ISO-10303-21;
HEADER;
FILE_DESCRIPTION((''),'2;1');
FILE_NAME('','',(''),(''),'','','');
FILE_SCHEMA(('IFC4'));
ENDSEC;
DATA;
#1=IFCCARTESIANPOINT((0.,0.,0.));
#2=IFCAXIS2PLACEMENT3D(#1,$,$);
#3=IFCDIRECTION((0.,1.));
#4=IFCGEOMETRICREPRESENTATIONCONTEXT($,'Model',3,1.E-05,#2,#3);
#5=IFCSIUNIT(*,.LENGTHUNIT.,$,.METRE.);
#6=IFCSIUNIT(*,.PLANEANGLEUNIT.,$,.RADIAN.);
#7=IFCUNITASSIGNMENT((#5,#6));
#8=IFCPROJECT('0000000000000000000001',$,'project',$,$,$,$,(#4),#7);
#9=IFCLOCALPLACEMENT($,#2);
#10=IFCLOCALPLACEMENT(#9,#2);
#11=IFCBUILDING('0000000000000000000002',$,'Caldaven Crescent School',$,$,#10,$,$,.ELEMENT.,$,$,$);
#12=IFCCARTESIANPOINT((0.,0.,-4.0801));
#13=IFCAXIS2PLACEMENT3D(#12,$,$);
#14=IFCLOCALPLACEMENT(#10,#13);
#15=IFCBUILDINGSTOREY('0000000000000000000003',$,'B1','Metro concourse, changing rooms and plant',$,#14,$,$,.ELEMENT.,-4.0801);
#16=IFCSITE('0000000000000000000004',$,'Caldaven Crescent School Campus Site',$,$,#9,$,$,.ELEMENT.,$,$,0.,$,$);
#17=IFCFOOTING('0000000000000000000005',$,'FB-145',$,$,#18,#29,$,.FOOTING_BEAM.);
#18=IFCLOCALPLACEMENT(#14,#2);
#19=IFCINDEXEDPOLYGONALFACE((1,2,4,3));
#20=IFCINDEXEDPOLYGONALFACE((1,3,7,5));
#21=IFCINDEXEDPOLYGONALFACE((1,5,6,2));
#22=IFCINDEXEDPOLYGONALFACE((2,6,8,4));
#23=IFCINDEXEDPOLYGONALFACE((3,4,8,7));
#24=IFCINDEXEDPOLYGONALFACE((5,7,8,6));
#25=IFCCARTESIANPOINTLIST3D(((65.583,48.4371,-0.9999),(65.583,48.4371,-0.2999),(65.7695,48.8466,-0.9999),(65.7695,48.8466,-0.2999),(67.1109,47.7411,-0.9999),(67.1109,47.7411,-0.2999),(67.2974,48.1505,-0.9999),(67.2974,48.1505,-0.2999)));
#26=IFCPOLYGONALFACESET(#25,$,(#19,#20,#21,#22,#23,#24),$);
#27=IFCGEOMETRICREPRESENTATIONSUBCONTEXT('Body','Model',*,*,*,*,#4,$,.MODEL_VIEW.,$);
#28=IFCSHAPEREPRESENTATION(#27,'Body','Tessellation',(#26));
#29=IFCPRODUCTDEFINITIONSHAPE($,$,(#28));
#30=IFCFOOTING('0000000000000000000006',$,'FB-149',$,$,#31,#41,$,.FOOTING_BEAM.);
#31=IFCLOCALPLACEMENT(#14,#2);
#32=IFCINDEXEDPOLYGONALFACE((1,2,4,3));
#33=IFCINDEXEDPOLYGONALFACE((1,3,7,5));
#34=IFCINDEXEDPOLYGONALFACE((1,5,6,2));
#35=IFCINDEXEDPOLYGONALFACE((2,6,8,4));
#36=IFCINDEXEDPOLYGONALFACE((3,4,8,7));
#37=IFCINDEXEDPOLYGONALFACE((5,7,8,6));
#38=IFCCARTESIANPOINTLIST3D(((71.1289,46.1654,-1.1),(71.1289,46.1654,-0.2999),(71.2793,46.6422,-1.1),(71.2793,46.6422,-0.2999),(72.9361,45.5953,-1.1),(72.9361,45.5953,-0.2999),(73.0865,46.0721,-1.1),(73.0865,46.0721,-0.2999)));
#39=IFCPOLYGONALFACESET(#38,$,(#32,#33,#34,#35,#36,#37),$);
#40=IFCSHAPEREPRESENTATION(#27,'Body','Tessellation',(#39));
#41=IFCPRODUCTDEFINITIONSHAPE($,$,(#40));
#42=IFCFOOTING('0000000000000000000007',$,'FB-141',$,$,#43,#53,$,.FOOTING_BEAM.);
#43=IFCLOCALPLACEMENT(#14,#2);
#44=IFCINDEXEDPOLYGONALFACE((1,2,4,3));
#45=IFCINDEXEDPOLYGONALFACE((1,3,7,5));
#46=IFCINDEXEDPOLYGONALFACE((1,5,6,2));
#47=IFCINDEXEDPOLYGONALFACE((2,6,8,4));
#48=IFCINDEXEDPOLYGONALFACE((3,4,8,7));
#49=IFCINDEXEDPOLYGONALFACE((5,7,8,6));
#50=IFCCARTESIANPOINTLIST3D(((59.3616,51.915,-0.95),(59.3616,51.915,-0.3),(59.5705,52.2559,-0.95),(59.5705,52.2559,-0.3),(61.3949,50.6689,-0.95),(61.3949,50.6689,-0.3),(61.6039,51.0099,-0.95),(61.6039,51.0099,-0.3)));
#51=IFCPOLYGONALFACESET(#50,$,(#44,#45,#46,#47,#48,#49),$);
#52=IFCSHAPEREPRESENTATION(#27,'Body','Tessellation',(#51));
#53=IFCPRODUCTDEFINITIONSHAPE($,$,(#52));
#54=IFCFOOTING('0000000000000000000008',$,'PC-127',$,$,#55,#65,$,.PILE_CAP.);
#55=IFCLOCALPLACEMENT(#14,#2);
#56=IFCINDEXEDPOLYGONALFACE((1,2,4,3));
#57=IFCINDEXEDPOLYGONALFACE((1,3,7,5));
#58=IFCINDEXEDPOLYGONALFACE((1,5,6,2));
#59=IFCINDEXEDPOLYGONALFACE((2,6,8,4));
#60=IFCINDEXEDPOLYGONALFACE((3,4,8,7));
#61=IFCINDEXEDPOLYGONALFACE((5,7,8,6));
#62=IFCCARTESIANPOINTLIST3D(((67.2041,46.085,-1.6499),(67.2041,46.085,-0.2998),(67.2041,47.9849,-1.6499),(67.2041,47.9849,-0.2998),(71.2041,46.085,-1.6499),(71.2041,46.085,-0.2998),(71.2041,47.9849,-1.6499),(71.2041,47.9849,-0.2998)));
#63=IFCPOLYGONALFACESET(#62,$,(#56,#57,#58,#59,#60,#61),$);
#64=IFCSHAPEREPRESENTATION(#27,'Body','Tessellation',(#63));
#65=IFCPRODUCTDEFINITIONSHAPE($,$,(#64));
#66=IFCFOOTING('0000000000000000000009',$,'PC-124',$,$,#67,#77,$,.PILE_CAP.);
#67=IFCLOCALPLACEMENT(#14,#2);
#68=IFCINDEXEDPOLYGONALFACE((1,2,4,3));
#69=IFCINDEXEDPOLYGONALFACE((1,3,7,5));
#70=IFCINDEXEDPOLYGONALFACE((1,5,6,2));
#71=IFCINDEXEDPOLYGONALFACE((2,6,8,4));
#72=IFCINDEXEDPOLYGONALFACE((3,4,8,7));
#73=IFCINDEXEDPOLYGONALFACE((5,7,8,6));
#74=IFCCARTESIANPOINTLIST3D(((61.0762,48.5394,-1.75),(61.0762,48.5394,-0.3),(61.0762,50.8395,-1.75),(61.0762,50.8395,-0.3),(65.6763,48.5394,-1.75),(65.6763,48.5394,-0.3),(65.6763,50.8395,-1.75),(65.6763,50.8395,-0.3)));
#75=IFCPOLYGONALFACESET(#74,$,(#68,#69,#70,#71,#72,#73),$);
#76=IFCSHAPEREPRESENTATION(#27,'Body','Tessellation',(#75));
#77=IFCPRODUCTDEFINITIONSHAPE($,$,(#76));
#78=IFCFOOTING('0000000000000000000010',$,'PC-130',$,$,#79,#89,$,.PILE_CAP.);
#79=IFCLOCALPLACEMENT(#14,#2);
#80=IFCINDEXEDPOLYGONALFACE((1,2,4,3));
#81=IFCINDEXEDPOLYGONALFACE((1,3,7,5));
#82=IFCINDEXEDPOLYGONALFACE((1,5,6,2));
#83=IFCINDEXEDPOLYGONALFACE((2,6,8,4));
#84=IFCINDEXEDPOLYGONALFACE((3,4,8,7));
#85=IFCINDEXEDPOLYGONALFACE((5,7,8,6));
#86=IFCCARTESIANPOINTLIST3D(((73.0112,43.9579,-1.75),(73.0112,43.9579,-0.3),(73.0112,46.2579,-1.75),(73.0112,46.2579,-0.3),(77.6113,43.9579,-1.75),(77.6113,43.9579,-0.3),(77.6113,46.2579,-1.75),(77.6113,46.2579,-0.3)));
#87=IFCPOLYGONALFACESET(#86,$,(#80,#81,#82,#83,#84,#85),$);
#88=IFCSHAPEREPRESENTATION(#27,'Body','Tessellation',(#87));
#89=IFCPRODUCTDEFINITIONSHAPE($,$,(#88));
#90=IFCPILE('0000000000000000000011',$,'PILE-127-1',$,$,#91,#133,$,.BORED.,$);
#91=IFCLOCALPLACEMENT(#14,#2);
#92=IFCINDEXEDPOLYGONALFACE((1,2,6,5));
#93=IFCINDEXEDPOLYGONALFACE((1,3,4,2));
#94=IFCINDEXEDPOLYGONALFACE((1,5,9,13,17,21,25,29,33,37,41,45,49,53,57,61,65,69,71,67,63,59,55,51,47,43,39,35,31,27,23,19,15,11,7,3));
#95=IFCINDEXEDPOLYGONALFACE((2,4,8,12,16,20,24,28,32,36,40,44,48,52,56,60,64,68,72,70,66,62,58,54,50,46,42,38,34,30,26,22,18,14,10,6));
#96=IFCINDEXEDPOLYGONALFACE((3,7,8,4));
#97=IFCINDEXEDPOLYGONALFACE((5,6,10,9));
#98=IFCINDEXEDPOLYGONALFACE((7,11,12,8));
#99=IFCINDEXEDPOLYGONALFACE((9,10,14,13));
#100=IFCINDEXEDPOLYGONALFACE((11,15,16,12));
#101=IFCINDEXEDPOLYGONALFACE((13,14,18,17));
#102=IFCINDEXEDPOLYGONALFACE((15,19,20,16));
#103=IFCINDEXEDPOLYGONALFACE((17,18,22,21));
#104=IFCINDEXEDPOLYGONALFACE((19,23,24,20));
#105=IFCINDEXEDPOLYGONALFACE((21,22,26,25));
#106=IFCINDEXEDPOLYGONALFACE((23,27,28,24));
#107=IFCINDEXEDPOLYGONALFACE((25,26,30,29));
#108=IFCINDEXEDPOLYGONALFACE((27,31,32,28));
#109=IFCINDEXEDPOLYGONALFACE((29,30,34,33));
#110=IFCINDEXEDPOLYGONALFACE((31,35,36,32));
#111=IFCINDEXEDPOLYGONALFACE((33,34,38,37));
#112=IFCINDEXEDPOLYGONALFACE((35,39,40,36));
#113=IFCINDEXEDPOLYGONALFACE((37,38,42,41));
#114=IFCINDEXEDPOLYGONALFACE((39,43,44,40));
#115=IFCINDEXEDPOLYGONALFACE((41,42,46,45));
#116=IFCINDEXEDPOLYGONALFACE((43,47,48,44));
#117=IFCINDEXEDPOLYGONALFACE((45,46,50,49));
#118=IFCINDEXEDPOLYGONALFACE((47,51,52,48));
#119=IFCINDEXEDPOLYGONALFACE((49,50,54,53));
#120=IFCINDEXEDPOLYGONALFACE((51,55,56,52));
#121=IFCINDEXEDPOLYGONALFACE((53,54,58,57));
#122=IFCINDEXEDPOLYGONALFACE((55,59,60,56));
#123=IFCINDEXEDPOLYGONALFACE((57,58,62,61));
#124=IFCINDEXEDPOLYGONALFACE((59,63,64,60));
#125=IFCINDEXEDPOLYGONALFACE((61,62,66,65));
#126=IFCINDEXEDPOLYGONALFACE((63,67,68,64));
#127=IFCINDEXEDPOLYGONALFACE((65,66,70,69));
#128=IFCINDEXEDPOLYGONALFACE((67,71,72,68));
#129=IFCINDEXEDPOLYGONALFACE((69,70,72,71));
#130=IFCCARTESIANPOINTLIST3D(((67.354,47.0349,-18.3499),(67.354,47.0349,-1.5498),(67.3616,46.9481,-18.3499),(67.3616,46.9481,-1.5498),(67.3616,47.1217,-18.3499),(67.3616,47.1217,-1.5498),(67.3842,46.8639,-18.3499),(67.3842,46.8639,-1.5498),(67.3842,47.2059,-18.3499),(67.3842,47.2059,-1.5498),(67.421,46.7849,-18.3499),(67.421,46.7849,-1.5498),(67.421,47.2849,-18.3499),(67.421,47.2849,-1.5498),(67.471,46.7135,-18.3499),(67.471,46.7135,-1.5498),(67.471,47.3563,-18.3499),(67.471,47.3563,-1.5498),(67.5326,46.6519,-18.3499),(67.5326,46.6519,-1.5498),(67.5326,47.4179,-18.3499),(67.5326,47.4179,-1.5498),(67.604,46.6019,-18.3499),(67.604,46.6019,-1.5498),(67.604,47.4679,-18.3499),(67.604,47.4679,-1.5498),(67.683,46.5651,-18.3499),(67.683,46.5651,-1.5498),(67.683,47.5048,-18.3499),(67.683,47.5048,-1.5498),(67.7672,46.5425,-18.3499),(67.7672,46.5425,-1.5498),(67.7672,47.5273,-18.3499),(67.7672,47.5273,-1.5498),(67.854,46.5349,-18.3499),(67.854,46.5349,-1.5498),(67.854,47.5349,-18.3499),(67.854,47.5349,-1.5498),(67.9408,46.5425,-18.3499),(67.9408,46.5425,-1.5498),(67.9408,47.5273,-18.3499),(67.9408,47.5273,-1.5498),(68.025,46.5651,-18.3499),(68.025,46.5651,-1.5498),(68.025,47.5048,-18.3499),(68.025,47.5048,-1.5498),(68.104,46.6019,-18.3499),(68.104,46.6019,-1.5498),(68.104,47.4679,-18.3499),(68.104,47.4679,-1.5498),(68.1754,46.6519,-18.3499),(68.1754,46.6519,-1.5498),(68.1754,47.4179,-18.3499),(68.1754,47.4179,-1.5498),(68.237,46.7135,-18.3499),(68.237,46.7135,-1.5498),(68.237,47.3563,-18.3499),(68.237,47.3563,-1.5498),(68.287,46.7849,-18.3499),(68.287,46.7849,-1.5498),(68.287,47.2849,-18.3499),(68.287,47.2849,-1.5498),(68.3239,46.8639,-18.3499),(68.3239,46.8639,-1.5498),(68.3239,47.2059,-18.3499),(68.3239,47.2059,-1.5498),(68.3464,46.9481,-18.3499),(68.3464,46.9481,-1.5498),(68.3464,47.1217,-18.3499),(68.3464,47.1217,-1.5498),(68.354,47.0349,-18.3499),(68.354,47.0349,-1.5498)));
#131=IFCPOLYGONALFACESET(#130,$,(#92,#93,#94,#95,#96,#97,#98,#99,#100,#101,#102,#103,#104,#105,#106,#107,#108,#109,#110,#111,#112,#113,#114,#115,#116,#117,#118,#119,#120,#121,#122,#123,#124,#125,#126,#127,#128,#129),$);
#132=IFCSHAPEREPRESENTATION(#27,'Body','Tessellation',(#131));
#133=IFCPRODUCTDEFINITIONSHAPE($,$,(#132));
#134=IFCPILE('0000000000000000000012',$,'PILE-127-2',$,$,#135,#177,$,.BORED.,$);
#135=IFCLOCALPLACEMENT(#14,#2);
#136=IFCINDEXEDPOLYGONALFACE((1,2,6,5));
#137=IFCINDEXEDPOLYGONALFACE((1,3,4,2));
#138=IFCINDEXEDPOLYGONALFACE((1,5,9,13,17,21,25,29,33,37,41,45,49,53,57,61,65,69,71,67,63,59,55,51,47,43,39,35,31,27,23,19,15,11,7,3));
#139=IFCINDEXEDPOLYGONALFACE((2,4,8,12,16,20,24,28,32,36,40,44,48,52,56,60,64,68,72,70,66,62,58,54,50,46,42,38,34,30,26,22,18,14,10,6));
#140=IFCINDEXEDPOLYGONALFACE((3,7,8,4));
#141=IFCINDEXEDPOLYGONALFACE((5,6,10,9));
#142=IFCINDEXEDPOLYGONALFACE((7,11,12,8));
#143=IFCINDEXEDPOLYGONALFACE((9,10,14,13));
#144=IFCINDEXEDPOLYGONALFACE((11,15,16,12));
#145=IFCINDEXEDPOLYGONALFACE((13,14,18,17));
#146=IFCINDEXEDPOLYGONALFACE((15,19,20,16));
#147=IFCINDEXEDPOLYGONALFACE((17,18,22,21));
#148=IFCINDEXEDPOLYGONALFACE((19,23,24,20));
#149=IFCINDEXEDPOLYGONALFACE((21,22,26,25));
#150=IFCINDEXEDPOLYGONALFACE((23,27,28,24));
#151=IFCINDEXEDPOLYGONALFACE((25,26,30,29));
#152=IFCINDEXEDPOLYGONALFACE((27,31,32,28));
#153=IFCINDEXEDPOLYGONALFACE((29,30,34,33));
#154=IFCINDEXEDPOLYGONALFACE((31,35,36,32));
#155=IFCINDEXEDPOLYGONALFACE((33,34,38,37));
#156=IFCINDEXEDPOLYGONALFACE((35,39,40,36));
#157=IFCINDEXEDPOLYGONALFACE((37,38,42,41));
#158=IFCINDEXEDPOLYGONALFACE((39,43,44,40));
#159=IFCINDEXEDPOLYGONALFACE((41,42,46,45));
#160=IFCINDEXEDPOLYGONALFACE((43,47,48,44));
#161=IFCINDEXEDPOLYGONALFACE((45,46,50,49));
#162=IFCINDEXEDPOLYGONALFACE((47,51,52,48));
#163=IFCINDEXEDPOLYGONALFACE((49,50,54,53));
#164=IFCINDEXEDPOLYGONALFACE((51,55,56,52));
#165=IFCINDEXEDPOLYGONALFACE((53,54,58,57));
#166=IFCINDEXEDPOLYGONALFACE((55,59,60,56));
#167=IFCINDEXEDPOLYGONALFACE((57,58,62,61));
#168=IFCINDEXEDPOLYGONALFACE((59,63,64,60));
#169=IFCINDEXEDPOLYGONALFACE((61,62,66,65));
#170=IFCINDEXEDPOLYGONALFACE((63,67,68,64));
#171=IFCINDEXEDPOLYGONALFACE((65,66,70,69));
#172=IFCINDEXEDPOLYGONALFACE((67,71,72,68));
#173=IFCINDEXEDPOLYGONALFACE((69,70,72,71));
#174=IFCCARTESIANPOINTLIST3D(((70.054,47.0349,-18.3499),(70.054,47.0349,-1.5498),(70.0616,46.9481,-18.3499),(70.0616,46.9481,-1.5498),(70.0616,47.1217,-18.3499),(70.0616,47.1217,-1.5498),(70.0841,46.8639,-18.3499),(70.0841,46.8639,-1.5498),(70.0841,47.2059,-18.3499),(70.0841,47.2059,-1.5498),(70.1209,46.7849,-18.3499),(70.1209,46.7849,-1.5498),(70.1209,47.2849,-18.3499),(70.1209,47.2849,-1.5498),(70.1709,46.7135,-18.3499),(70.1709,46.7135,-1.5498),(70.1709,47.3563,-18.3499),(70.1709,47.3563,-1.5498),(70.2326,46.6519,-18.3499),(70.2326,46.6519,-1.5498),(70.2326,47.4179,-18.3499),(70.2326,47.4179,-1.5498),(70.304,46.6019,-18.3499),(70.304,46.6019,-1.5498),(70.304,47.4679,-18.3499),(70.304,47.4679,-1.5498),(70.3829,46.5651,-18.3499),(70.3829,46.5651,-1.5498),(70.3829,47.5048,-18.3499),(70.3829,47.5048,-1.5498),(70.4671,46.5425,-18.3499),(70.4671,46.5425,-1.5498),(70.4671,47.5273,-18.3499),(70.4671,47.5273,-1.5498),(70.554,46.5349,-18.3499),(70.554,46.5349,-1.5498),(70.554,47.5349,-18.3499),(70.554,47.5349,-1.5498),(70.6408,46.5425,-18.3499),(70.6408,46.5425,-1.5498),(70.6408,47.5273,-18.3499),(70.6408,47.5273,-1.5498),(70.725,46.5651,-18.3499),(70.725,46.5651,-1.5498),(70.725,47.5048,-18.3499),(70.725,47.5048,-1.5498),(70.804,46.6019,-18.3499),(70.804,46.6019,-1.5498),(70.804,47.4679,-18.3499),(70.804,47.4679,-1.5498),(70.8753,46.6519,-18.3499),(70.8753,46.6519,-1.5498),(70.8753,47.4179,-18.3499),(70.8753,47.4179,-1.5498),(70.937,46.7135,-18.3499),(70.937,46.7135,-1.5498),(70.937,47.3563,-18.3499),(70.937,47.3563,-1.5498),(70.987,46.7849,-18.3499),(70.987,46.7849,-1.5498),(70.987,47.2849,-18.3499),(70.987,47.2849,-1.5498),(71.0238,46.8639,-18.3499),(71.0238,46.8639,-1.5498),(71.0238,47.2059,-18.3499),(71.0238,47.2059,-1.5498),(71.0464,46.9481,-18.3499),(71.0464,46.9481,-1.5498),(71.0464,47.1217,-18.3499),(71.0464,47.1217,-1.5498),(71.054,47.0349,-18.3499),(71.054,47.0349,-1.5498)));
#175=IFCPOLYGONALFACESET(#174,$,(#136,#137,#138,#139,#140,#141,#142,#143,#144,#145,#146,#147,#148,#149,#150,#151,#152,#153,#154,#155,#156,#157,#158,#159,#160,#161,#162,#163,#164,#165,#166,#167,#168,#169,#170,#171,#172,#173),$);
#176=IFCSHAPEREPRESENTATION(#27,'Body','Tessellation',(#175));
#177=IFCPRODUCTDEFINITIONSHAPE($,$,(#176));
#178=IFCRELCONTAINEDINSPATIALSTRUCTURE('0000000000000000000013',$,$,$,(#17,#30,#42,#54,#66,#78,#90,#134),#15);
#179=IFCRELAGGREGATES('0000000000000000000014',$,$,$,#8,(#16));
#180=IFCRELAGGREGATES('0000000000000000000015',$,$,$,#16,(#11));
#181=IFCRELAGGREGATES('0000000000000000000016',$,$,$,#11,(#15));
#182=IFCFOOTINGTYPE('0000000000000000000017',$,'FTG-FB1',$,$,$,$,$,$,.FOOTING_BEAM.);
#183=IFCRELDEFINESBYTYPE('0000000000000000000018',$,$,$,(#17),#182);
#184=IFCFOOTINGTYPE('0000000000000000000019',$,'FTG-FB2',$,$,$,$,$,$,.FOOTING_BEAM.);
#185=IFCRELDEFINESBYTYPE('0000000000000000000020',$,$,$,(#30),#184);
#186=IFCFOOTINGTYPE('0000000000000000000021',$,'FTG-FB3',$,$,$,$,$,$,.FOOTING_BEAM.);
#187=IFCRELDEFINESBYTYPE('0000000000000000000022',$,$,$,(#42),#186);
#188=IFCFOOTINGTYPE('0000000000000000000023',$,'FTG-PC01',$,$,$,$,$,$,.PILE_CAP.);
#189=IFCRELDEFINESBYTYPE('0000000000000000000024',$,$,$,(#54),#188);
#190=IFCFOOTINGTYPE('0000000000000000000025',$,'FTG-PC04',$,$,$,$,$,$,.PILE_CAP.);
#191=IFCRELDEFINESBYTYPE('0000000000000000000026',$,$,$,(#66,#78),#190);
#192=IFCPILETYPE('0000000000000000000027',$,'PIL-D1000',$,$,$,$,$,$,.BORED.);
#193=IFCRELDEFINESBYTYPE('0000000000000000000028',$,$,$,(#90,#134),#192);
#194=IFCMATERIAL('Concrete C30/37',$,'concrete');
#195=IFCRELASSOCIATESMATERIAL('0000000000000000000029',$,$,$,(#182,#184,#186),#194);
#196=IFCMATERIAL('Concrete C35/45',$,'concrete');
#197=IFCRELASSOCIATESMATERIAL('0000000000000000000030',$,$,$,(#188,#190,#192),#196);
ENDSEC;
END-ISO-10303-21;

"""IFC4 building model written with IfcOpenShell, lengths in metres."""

from ifc_helpers import new_model, si_unit, direction, frame, origin, origin_2d, place, context, subcontext, project, spatial, rectangle, circle, extrude, material, material_profile, profile_set, type_object, element, save


model = new_model("IFC4")

# Units and contexts
model_context = context("Model", 3, precision=1e-05, world=origin(), true_north=direction((0.0, 1.0)))
body_context = subcontext(model_context, "Body", "Model", "MODEL_VIEW")
ifc_project = project(units=[si_unit("LENGTHUNIT", "METRE"), si_unit("PLANEANGLEUNIT", "RADIAN")], contexts=[model_context])

# Site, building, storey
site_placement = place(None, origin())
site = spatial("IfcSite", under=ifc_project, at=site_placement, Name="Caldaven Crescent School Campus Site", CompositionType="ELEMENT", RefElevation=0.0)
building_placement = place(site_placement, origin())
building = spatial("IfcBuilding", under=site, at=building_placement, Name="Caldaven Crescent School", CompositionType="ELEMENT")
storey_placement = place(building_placement, frame((0.0, 0.0, -4.0801)))
storey = spatial("IfcBuildingStorey", under=building, at=storey_placement, Name="B1", Description="Metro concourse, changing rooms and plant", CompositionType="ELEMENT", Elevation=-4.0801)

# Footings
ifc_material_1 = material(Name="Concrete C30/37", Category="concrete")
ifc_material_profile_1 = material_profile(ifc_material_1, rectangle(XDim=0.45, YDim=0.7, at=origin_2d()), Name="FB 450x700")
ifc_profile_set_1 = profile_set([ifc_material_profile_1], Name="Concrete C30/37")
footing_type_1 = type_object("IfcFootingType", Name="FTG-FB1", PredefinedType="FOOTING_BEAM", material=ifc_profile_set_1)
footing_1_placement = place(storey_placement, frame((65.6763, 48.6418, -0.6499), z_axis=(0.910013, -0.414581, 0.0), x_axis=(0.414581, 0.910013, 0.0)))
element("IfcFooting", 1, at=footing_1_placement, inside=storey, type_object=footing_type_1, Name="FB-145", PredefinedType="FOOTING_BEAM", context=body_context, shape_type="SweptSolid", body=[
    extrude(rectangle(XDim=0.45, YDim=0.7, at=origin_2d()), origin(), (0.0, 0.0, 1.0), 1.679),
])
ifc_material_profile_2 = material_profile(ifc_material_1, rectangle(XDim=0.5, YDim=0.8, at=origin_2d()), Name="FB 500x800")
ifc_profile_set_2 = profile_set([ifc_material_profile_2], Name="Concrete C30/37")
footing_type_2 = type_object("IfcFootingType", Name="FTG-FB2", PredefinedType="FOOTING_BEAM", material=ifc_profile_set_2)
footing_2_placement = place(storey_placement, frame((71.2041, 46.4038, -0.7), z_axis=(0.953674, -0.300842, 0.0), x_axis=(0.300842, 0.953674, 0.0)))
element("IfcFooting", 2, at=footing_2_placement, inside=storey, type_object=footing_type_2, Name="FB-149", PredefinedType="FOOTING_BEAM", context=body_context, shape_type="SweptSolid", body=[
    extrude(rectangle(XDim=0.5, YDim=0.8, at=origin_2d()), origin(), (0.0, 0.0, 1.0), 1.895),
])
ifc_material_profile_3 = material_profile(ifc_material_1, rectangle(XDim=0.3999, YDim=0.6499, at=origin_2d()), Name="FB 400x650")
ifc_profile_set_3 = profile_set([ifc_material_profile_3], Name="Concrete C30/37")
footing_type_3 = type_object("IfcFootingType", Name="FTG-FB3", PredefinedType="FOOTING_BEAM", material=ifc_profile_set_3)
footing_3_placement = place(storey_placement, frame((59.4661, 52.0854, -0.625), z_axis=(0.852641, -0.522497, 0.0), x_axis=(0.522497, 0.852641, 0.0)))
element("IfcFooting", 3, at=footing_3_placement, inside=storey, type_object=footing_type_3, Name="FB-141", PredefinedType="FOOTING_BEAM", context=body_context, shape_type="SweptSolid", body=[
    extrude(rectangle(XDim=0.3999, YDim=0.6499, at=origin_2d()), origin(), (0.0, 0.0, 1.0), 2.3848),
])
ifc_material_2 = material(Name="Concrete C35/45", Category="concrete")
footing_type_4 = type_object("IfcFootingType", Name="FTG-PC01", PredefinedType="PILE_CAP", material=ifc_material_2)
footing_4_placement = place(storey_placement, frame((69.2041, 47.0349, -1.6499), z_axis=(0.0, 0.0, 1.0), x_axis=(1.0, 0.0, 0.0)))
element("IfcFooting", 4, at=footing_4_placement, inside=storey, type_object=footing_type_4, Name="PC-127", PredefinedType="PILE_CAP", context=body_context, shape_type="SweptSolid", body=[
    extrude(rectangle(XDim=4.0, YDim=1.8999, at=origin_2d()), origin(), (0.0, 0.0, 1.0), 1.3501),
])
footing_type_5 = type_object("IfcFootingType", Name="FTG-PC04", PredefinedType="PILE_CAP", material=ifc_material_2)
for number, where, z_axis, x_axis, name in (
    (5, (63.3762, 49.6895, -1.75), (0.0, 0.0, 1.0), (1.0, 0.0, 0.0), "PC-124"),
    (6, (75.3113, 45.1079, -1.75), (0.0, 0.0, 1.0), (1.0, 0.0, 0.0), "PC-130"),
):
    element("IfcFooting", number, at=place(storey_placement, frame(where, z_axis=z_axis, x_axis=x_axis)), inside=storey, type_object=footing_type_5, Name=name, PredefinedType="PILE_CAP", context=body_context, shape_type="SweptSolid", body=[
        extrude(rectangle(XDim=4.6001, YDim=2.3, at=origin_2d()), origin(), (0.0, 0.0, 1.0), 1.45),
    ])

# Piles
ifc_material_profile_4 = material_profile(ifc_material_2, circle(Radius=0.5, at=origin_2d()), Name="PILE D1000")
ifc_profile_set_4 = profile_set([ifc_material_profile_4], Name="Concrete C35/45")
pile_type_1 = type_object("IfcPileType", Name="PIL-D1000", PredefinedType="BORED", material=ifc_profile_set_4)
for number, where, z_axis, x_axis, name in (
    (7, (67.854, 47.0349, -1.5498), (0.0, 0.0, -1.0), (1.0, 0.0, 0.0), "PILE-127-1"),
    (8, (70.554, 47.0349, -1.5498), (0.0, 0.0, -1.0), (1.0, 0.0, 0.0), "PILE-127-2"),
):
    element("IfcPile", number, at=place(storey_placement, frame(where, z_axis=z_axis, x_axis=x_axis)), inside=storey, type_object=pile_type_1, Name=name, PredefinedType="BORED", context=body_context, shape_type="SweptSolid", body=[
        extrude(circle(Radius=0.5, at=origin_2d()), origin(), (0.0, 0.0, 1.0), 16.8),
    ])

save(model, "model.ifc")
